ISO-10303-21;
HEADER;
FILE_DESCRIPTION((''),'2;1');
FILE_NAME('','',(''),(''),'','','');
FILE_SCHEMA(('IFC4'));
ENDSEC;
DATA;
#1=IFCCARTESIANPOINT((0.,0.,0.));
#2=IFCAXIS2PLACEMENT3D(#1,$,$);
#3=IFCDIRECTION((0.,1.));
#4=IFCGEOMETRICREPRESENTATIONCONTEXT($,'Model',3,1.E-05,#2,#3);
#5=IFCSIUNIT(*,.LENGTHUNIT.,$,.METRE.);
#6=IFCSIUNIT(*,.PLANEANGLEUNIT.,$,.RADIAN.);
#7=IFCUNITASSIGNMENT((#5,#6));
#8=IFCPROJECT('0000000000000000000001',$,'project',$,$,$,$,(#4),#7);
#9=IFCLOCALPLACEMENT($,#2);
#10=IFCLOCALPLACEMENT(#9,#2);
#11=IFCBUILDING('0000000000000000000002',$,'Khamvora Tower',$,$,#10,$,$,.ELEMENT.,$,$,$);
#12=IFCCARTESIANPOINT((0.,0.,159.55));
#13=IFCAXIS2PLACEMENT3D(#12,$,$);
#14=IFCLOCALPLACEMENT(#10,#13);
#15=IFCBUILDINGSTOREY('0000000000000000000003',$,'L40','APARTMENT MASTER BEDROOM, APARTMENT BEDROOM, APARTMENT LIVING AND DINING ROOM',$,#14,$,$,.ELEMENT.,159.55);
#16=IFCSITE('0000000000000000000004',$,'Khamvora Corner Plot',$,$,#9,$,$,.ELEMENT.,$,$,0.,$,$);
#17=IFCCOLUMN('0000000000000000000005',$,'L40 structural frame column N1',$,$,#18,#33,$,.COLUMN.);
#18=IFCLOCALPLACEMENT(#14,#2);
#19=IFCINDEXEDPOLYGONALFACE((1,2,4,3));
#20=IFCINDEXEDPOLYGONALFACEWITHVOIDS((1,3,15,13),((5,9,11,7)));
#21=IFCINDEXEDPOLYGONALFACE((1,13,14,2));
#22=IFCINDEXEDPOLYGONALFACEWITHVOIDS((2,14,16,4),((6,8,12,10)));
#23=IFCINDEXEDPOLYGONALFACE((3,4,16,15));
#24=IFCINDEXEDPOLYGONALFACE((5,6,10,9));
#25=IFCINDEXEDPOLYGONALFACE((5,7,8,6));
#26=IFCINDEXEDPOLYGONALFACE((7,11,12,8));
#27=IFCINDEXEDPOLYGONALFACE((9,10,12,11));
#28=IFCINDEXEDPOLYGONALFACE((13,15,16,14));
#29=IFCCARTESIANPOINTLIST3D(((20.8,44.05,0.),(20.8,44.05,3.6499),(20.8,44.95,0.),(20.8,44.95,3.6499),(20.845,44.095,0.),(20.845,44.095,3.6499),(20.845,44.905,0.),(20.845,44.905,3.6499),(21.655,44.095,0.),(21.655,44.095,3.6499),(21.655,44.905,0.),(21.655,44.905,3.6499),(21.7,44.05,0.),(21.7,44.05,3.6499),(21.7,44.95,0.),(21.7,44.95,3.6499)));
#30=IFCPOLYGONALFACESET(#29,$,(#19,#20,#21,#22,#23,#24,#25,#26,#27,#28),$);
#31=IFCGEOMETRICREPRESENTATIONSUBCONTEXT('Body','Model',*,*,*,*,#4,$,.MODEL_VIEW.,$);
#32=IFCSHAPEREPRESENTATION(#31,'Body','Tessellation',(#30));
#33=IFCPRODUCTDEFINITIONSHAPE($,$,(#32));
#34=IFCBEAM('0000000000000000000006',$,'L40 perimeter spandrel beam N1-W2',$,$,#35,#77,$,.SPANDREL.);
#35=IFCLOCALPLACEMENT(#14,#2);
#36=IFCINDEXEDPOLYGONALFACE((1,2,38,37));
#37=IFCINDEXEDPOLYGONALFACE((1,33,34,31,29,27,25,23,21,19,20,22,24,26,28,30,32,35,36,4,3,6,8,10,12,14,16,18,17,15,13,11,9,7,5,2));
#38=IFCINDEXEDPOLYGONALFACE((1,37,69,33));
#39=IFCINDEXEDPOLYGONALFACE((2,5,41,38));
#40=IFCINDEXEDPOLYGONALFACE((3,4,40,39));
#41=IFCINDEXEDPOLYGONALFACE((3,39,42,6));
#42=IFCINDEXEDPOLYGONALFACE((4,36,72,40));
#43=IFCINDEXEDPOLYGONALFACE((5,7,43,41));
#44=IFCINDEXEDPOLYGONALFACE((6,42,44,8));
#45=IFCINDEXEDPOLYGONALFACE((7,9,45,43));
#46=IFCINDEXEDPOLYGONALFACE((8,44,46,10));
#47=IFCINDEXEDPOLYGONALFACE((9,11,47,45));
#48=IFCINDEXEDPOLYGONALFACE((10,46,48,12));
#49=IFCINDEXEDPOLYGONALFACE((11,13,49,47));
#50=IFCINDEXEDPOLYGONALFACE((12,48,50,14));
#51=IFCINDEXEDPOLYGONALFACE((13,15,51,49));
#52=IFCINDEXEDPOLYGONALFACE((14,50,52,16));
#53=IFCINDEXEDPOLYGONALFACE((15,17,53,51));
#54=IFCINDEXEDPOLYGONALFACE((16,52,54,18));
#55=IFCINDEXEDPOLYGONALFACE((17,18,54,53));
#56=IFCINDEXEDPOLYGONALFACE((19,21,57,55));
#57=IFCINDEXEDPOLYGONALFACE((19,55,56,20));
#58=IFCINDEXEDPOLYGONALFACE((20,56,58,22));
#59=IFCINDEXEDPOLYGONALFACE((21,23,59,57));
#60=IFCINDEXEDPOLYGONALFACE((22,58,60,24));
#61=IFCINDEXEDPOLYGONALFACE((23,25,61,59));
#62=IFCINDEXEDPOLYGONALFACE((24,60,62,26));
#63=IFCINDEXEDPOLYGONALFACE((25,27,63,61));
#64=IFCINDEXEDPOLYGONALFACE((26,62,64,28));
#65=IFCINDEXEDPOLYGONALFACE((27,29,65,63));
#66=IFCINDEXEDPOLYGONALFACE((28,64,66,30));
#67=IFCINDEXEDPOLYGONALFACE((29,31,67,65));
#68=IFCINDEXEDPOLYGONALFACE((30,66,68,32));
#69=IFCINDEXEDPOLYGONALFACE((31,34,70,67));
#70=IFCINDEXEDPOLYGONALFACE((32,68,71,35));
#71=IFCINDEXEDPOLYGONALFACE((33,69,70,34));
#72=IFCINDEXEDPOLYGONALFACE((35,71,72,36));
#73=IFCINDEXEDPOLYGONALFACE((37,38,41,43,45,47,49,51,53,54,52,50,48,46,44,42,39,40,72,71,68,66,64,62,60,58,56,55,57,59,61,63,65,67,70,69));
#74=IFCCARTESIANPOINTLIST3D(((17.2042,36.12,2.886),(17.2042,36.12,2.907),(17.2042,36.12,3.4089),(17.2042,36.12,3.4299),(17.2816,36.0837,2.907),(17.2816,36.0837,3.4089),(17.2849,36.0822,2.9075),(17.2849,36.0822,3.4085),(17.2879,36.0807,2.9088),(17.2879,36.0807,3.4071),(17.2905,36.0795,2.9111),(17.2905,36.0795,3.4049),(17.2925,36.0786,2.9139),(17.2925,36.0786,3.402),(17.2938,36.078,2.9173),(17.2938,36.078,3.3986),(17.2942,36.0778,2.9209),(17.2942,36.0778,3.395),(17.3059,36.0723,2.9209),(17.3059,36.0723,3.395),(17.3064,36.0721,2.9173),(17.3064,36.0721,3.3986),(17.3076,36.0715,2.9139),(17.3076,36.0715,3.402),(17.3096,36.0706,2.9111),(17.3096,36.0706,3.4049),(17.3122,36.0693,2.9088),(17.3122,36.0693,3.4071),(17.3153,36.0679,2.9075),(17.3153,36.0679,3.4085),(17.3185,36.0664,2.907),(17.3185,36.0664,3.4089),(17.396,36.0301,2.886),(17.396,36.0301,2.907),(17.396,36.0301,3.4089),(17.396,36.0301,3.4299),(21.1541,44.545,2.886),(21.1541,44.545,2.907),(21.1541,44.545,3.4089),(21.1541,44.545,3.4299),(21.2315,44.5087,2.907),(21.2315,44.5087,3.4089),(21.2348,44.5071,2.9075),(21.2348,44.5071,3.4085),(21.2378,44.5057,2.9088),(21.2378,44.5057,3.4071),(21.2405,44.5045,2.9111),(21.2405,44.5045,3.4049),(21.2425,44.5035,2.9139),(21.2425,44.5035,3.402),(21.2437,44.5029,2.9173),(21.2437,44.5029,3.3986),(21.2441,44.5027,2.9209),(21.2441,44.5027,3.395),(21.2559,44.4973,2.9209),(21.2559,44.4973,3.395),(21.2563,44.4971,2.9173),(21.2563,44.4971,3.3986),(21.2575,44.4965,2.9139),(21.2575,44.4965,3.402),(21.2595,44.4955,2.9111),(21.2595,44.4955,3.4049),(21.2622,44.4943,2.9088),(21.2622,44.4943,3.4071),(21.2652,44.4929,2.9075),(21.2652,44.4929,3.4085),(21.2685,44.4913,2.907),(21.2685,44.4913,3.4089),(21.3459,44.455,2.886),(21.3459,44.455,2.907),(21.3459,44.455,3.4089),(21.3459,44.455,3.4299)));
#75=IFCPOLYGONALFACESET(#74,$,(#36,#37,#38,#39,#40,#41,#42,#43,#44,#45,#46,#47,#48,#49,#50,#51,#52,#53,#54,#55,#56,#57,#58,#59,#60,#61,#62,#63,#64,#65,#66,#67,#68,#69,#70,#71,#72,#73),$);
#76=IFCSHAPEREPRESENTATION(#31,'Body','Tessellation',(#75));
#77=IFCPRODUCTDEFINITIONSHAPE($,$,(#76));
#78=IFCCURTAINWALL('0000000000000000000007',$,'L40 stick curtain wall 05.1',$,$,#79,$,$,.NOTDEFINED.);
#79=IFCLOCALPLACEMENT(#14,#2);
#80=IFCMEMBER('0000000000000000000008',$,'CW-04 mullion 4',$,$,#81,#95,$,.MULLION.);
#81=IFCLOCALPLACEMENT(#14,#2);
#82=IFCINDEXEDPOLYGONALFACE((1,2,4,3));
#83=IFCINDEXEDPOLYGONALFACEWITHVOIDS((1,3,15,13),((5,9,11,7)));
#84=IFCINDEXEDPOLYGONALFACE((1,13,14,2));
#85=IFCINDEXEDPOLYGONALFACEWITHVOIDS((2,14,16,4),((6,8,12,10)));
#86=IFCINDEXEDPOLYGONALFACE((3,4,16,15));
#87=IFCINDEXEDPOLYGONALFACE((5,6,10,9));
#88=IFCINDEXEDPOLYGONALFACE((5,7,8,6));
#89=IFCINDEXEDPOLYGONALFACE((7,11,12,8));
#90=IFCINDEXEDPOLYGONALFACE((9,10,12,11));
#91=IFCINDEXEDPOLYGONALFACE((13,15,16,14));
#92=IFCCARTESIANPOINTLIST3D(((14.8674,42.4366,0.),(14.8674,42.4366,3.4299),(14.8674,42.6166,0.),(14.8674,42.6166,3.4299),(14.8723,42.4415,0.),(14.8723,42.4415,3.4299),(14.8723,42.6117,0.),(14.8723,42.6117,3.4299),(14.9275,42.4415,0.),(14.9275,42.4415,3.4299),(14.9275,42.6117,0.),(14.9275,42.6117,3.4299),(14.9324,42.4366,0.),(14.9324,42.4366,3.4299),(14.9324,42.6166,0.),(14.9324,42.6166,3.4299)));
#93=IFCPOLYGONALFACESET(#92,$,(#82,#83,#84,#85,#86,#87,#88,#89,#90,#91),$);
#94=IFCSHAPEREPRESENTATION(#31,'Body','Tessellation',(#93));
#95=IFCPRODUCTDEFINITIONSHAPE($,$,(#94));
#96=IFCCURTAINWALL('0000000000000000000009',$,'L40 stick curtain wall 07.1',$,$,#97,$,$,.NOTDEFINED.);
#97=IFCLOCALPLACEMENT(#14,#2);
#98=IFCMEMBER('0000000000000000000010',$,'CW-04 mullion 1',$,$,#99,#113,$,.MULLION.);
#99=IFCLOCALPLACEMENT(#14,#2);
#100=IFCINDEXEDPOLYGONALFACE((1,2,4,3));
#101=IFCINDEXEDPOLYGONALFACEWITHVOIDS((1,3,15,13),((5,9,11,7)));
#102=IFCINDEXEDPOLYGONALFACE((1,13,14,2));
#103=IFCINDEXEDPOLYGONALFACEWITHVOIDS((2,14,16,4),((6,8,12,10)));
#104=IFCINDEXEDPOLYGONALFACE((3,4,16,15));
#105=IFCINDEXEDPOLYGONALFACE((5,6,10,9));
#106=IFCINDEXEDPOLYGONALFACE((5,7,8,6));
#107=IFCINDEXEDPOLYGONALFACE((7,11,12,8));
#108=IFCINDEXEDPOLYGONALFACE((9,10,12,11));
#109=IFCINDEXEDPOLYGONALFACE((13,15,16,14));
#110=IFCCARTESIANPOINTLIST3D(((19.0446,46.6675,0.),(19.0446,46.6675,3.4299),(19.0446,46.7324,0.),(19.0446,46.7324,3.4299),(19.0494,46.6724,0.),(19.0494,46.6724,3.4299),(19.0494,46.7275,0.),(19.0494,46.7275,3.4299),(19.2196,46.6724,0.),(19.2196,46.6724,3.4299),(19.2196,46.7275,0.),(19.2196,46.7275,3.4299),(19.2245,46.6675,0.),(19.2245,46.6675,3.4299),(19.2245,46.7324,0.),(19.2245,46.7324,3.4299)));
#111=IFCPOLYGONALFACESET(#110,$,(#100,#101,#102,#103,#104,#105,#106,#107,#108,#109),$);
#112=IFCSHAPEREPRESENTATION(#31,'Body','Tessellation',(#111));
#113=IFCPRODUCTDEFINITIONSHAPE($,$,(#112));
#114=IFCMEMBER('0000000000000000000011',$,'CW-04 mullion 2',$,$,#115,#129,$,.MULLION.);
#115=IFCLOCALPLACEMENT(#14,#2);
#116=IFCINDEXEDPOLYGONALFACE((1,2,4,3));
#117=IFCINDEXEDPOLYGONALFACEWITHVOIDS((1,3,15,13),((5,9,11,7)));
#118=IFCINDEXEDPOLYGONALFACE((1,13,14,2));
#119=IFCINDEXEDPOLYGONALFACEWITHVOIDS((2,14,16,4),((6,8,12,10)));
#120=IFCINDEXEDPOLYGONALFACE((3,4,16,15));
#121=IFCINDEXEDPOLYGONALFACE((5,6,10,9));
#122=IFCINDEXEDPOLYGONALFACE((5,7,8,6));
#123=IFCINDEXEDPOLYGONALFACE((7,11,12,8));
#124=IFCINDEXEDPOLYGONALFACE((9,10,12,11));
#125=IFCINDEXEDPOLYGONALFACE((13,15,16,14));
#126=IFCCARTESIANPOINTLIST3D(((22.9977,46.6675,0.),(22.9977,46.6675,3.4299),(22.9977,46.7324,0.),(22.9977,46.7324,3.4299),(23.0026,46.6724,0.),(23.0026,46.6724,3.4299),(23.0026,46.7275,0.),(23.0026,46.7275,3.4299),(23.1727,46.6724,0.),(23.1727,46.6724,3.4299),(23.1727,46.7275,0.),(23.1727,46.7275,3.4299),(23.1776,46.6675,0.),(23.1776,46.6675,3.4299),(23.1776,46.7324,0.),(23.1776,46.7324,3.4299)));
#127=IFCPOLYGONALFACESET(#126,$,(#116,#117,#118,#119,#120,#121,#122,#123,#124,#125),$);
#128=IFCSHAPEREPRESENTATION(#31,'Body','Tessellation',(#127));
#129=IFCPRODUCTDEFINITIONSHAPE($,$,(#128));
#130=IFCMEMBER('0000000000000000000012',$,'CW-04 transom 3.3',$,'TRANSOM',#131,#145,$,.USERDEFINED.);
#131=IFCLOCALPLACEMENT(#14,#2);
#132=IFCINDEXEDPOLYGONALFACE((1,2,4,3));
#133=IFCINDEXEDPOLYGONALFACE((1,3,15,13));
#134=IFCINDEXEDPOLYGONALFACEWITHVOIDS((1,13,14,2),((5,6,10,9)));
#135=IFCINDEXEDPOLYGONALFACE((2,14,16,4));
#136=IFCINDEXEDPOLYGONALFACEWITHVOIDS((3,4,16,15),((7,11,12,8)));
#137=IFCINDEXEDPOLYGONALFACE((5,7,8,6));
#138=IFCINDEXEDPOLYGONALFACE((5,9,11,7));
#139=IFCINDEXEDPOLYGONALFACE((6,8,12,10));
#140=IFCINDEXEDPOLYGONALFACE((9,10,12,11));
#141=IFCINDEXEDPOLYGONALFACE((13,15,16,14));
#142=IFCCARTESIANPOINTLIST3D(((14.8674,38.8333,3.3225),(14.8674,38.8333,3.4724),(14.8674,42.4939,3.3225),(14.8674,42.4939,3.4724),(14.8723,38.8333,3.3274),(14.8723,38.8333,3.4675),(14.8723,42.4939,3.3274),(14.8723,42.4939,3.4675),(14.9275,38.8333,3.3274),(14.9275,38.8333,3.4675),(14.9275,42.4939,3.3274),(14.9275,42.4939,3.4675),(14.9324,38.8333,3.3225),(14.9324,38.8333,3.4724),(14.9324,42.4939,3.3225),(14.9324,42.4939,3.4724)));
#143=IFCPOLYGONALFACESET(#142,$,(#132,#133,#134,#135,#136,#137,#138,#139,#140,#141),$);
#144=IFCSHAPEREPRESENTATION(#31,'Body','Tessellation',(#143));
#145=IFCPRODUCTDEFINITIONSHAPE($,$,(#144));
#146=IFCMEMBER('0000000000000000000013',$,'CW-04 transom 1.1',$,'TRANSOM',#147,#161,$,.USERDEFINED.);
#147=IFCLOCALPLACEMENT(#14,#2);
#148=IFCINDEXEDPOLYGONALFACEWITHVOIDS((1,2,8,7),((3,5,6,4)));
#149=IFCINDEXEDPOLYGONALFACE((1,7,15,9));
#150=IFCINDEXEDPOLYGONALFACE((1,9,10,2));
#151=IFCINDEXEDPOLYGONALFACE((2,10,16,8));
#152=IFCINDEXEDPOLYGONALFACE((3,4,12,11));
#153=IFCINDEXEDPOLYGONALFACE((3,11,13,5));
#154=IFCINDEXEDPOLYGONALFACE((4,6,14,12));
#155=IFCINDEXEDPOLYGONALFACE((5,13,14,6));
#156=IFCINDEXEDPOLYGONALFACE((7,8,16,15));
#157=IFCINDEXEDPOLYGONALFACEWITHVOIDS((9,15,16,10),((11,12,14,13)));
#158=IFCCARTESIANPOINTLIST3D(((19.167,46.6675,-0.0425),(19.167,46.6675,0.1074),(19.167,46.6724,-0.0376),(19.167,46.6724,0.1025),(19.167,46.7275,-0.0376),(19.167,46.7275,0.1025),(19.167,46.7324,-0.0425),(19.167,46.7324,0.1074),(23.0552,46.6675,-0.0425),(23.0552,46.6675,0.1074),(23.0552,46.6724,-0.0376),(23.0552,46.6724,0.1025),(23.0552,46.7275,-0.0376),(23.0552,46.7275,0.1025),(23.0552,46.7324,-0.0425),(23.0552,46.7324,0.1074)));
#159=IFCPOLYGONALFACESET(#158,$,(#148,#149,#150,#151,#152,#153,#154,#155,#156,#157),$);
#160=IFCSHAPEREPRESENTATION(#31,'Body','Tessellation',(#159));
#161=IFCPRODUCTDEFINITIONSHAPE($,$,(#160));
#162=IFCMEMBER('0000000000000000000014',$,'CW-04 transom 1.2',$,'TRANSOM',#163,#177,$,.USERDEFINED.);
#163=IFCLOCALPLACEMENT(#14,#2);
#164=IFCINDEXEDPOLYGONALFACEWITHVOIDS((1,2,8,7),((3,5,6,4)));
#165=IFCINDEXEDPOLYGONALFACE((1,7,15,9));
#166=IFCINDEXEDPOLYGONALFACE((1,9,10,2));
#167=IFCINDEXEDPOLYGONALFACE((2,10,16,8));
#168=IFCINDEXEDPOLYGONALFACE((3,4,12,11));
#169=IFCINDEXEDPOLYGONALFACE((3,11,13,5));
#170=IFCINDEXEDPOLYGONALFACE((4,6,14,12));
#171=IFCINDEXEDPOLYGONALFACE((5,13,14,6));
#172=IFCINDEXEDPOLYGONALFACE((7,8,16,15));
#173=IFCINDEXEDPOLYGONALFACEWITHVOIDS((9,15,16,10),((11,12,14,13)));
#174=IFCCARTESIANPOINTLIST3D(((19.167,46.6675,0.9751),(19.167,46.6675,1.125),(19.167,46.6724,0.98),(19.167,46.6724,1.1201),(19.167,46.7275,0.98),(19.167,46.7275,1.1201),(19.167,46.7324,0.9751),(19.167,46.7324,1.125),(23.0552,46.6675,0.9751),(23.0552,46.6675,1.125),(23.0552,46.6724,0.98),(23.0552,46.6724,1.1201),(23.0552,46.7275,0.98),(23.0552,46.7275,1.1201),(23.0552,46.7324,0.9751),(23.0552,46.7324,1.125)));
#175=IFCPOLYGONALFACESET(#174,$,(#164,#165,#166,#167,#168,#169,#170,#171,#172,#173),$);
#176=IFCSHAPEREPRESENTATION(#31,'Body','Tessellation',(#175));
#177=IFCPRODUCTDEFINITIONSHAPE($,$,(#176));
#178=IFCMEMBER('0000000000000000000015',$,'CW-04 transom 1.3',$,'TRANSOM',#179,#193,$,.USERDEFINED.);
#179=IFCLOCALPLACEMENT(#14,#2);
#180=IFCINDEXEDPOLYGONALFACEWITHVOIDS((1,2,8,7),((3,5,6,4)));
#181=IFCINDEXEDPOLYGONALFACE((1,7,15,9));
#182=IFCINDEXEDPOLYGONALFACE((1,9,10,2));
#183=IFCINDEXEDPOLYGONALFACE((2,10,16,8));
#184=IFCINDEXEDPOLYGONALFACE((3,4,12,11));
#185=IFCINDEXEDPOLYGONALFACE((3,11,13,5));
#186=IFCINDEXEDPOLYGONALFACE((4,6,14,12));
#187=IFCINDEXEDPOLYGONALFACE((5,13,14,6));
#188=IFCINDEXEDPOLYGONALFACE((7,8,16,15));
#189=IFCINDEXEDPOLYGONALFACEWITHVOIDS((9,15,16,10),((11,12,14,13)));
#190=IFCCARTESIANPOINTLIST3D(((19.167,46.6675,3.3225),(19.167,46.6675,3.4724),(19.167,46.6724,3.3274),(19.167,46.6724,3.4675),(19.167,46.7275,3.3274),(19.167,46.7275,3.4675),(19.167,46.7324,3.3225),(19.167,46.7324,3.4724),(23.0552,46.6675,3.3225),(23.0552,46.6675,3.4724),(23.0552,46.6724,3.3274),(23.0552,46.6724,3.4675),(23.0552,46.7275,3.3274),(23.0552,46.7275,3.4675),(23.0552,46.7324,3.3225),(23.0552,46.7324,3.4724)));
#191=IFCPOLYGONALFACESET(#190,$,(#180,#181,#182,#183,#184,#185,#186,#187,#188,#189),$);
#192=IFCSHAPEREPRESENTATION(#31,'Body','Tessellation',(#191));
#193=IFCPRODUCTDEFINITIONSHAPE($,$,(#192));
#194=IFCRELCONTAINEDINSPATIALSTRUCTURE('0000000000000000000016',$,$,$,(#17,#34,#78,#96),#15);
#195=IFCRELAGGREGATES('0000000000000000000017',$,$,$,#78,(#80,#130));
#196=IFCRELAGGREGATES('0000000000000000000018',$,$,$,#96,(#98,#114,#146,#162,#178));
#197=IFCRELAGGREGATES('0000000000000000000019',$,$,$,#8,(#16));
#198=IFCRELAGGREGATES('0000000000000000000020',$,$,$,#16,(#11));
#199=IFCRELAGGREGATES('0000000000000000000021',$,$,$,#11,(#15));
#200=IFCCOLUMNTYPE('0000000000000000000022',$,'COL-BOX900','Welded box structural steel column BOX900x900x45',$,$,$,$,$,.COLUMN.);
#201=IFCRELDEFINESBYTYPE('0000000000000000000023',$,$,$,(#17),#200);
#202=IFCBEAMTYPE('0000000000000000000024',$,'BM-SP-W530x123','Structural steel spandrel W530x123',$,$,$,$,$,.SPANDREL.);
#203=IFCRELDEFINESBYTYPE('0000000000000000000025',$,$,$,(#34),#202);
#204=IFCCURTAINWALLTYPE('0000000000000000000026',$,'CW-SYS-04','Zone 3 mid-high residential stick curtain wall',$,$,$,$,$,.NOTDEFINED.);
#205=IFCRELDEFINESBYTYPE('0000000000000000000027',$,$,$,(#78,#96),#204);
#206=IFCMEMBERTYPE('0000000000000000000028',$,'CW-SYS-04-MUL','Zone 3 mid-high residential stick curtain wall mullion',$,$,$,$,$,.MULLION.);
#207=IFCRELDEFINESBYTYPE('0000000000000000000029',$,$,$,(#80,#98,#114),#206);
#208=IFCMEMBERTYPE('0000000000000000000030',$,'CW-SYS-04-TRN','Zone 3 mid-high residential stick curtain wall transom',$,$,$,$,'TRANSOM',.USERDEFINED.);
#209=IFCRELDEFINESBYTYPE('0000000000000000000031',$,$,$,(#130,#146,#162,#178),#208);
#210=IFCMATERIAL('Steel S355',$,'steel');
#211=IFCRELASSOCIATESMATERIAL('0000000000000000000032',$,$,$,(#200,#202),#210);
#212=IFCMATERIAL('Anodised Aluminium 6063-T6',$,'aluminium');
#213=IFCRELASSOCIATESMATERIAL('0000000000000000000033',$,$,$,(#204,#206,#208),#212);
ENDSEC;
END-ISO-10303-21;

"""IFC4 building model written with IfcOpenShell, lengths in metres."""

from ifc_helpers import new_model, si_unit, direction, frame, origin, origin_2d, place, context, subcontext, project, spatial, hollow_rectangle, i_section, extrude, material, material_profile, profile_set, type_object, element, aggregate, save


model = new_model("IFC4")

# Units and contexts
model_context = context("Model", 3, precision=1e-05, world=origin(), true_north=direction((0.0, 1.0)))
body_context = subcontext(model_context, "Body", "Model", "MODEL_VIEW")
ifc_project = project(units=[si_unit("LENGTHUNIT", "METRE"), si_unit("PLANEANGLEUNIT", "RADIAN")], contexts=[model_context])

# Site, building, storey
site_placement = place(None, origin())
site = spatial("IfcSite", under=ifc_project, at=site_placement, Name="Khamvora Corner Plot", CompositionType="ELEMENT", RefElevation=0.0)
building_placement = place(site_placement, origin())
building = spatial("IfcBuilding", under=site, at=building_placement, Name="Khamvora Tower", CompositionType="ELEMENT")
storey_placement = place(building_placement, frame((0.0, 0.0, 159.55)))
storey = spatial("IfcBuildingStorey", under=building, at=storey_placement, Name="L40", Description="APARTMENT MASTER BEDROOM, APARTMENT BEDROOM, APARTMENT LIVING AND DINING ROOM", CompositionType="ELEMENT", Elevation=159.55)

# Column
ifc_material_1 = material(Name="Steel S355", Category="steel")
ifc_material_profile_1 = material_profile(ifc_material_1, hollow_rectangle(XDim=0.8999, YDim=0.8999, WallThickness=0.0449, at=origin_2d()), Name="BOX900x900x45")
ifc_profile_set_1 = profile_set([ifc_material_profile_1], Name="Steel S355")
column_type = type_object("IfcColumnType", Name="COL-BOX900", Description="Welded box structural steel column BOX900x900x45", PredefinedType="COLUMN", material=ifc_profile_set_1)
column_placement = place(storey_placement, frame((21.25, 44.5, 0.0), z_axis=(0.0, 0.0, 1.0), x_axis=(1.0, 0.0, 0.0)))
element("IfcColumn", 1, at=column_placement, inside=storey, type_object=column_type, Name="L40 structural frame column N1", PredefinedType="COLUMN", context=body_context, shape_type="SweptSolid", body=[
    extrude(hollow_rectangle(XDim=0.8999, YDim=0.8999, WallThickness=0.0449, at=origin_2d()), origin(), (0.0, 0.0, 1.0), 3.6499),
])

# Beam
ifc_material_profile_2 = material_profile(ifc_material_1, i_section(OverallWidth=0.2119, OverallDepth=0.5439, WebThickness=0.0129, FlangeThickness=0.021, FilletRadius=0.0139, at=origin_2d()), Name="W530x123")
ifc_profile_set_2 = profile_set([ifc_material_profile_2], Name="Steel S355")
beam_type = type_object("IfcBeamType", Name="BM-SP-W530x123", Description="Structural steel spandrel W530x123", PredefinedType="SPANDREL", material=ifc_profile_set_2)
beam_placement = place(storey_placement, frame((21.25, 44.5, 3.158), z_axis=(-0.424496, -0.90543, 0.0), x_axis=(0.90543, -0.424496, 0.0)))
element("IfcBeam", 2, at=beam_placement, inside=storey, type_object=beam_type, Name="L40 perimeter spandrel beam N1-W2", PredefinedType="SPANDREL", context=body_context, shape_type="SweptSolid", body=[
    extrude(i_section(OverallWidth=0.2119, OverallDepth=0.5439, WebThickness=0.0129, FlangeThickness=0.021, FilletRadius=0.0139, at=origin_2d()), origin(), (0.0, 0.0, 1.0), 9.3049),
])

# Curtain wall, member
ifc_material_2 = material(Name="Anodised Aluminium 6063-T6", Category="aluminium")
curtain_wall_type = type_object("IfcCurtainWallType", Name="CW-SYS-04", Description="Zone 3 mid-high residential stick curtain wall", PredefinedType="NOTDEFINED", material=ifc_material_2)
curtain_wall_1_placement = place(storey_placement, origin())
curtain_wall_1 = element("IfcCurtainWall", 3, at=curtain_wall_1_placement, inside=storey, type_object=curtain_wall_type, Name="L40 stick curtain wall 05.1", PredefinedType="NOTDEFINED")
ifc_material_profile_3 = material_profile(ifc_material_2, hollow_rectangle(XDim=0.0649, YDim=0.1799, WallThickness=0.0049, at=origin_2d()), Name="MUL65x180x5")
ifc_profile_set_3 = profile_set([ifc_material_profile_3], Name="Anodised Aluminium 6063-T6")
member_type_1 = type_object("IfcMemberType", Name="CW-SYS-04-MUL", Description="Zone 3 mid-high residential stick curtain wall mullion", PredefinedType="MULLION", material=ifc_profile_set_3)
member_1_placement = place(storey_placement, frame((14.8999, 42.5266, 0.0), z_axis=(0.0, 0.0, 1.0), x_axis=(-1.0, 0.0, 0.0)))
member_1 = element("IfcMember", 4, at=member_1_placement, type_object=member_type_1, Name="CW-04 mullion 4", PredefinedType="MULLION", context=body_context, shape_type="SweptSolid", body=[
    extrude(hollow_rectangle(XDim=0.0649, YDim=0.1799, WallThickness=0.0049, at=origin_2d()), origin(), (0.0, 0.0, 1.0), 3.4299),
])

# Curtain wall, members
curtain_wall_2_placement = place(storey_placement, origin())
curtain_wall_2 = element("IfcCurtainWall", 5, at=curtain_wall_2_placement, inside=storey, type_object=curtain_wall_type, Name="L40 stick curtain wall 07.1", PredefinedType="NOTDEFINED")
member_2_placement = place(storey_placement, frame((19.1345, 46.7, 0.0), z_axis=(0.0, 0.0, 1.0), x_axis=(0.0, 1.0, 0.0)))
member_2 = element("IfcMember", 6, at=member_2_placement, type_object=member_type_1, Name="CW-04 mullion 1", PredefinedType="MULLION", context=body_context, shape_type="SweptSolid", body=[
    extrude(hollow_rectangle(XDim=0.0649, YDim=0.1799, WallThickness=0.0049, at=origin_2d()), origin(), (0.0, 0.0, 1.0), 3.4299),
])
member_3_placement = place(storey_placement, frame((23.0876, 46.7, 0.0), z_axis=(0.0, 0.0, 1.0), x_axis=(0.0, 1.0, 0.0)))
member_3 = element("IfcMember", 7, at=member_3_placement, type_object=member_type_1, Name="CW-04 mullion 2", PredefinedType="MULLION", context=body_context, shape_type="SweptSolid", body=[
    extrude(hollow_rectangle(XDim=0.0649, YDim=0.1799, WallThickness=0.0049, at=origin_2d()), origin(), (0.0, 0.0, 1.0), 3.4299),
])

# Members
ifc_material_profile_4 = material_profile(ifc_material_2, hollow_rectangle(XDim=0.0649, YDim=0.1499, WallThickness=0.0049, at=origin_2d()), Name="TRN65x150x5")
ifc_profile_set_4 = profile_set([ifc_material_profile_4], Name="Anodised Aluminium 6063-T6")
member_type_2 = type_object("IfcMemberType", Name="CW-SYS-04-TRN", Description="Zone 3 mid-high residential stick curtain wall transom", ElementType="TRANSOM", PredefinedType="USERDEFINED", material=ifc_profile_set_4)
member_4_placement = place(storey_placement, frame((14.8999, 38.8333, 3.3975), z_axis=(0.0, 1.0, 0.0), x_axis=(-1.0, 0.0, 0.0)))
member_4 = element("IfcMember", 8, at=member_4_placement, type_object=member_type_2, Name="CW-04 transom 3.3", ObjectType="TRANSOM", PredefinedType="USERDEFINED", context=body_context, shape_type="SweptSolid", body=[
    extrude(hollow_rectangle(XDim=0.0649, YDim=0.1499, WallThickness=0.0049, at=origin_2d()), origin(), (0.0, 0.0, 1.0), 3.6606),
])
member_5_placement = place(storey_placement, frame((19.167, 46.7, 0.0325), z_axis=(1.0, 0.0, 0.0), x_axis=(0.0, 1.0, 0.0)))
member_5 = element("IfcMember", 9, at=member_5_placement, type_object=member_type_2, Name="CW-04 transom 1.1", ObjectType="TRANSOM", PredefinedType="USERDEFINED", context=body_context, shape_type="SweptSolid", body=[
    extrude(hollow_rectangle(XDim=0.0649, YDim=0.1499, WallThickness=0.0049, at=origin_2d()), origin(), (0.0, 0.0, 1.0), 3.8882),
])
member_6_placement = place(storey_placement, frame((19.167, 46.7, 1.05), z_axis=(1.0, 0.0, 0.0), x_axis=(0.0, 1.0, 0.0)))
member_6 = element("IfcMember", 10, at=member_6_placement, type_object=member_type_2, Name="CW-04 transom 1.2", ObjectType="TRANSOM", PredefinedType="USERDEFINED", context=body_context, shape_type="SweptSolid", body=[
    extrude(hollow_rectangle(XDim=0.0649, YDim=0.1499, WallThickness=0.0049, at=origin_2d()), origin(), (0.0, 0.0, 1.0), 3.8882),
])
member_7_placement = place(storey_placement, frame((19.167, 46.7, 3.3975), z_axis=(1.0, 0.0, 0.0), x_axis=(0.0, 1.0, 0.0)))
member_7 = element("IfcMember", 11, at=member_7_placement, type_object=member_type_2, Name="CW-04 transom 1.3", ObjectType="TRANSOM", PredefinedType="USERDEFINED", context=body_context, shape_type="SweptSolid", body=[
    extrude(hollow_rectangle(XDim=0.0649, YDim=0.1499, WallThickness=0.0049, at=origin_2d()), origin(), (0.0, 0.0, 1.0), 3.8882),
])

aggregate(curtain_wall_1, [member_1, member_4])
aggregate(curtain_wall_2, [member_2, member_3, member_5, member_6, member_7])

save(model, "model.ifc")
